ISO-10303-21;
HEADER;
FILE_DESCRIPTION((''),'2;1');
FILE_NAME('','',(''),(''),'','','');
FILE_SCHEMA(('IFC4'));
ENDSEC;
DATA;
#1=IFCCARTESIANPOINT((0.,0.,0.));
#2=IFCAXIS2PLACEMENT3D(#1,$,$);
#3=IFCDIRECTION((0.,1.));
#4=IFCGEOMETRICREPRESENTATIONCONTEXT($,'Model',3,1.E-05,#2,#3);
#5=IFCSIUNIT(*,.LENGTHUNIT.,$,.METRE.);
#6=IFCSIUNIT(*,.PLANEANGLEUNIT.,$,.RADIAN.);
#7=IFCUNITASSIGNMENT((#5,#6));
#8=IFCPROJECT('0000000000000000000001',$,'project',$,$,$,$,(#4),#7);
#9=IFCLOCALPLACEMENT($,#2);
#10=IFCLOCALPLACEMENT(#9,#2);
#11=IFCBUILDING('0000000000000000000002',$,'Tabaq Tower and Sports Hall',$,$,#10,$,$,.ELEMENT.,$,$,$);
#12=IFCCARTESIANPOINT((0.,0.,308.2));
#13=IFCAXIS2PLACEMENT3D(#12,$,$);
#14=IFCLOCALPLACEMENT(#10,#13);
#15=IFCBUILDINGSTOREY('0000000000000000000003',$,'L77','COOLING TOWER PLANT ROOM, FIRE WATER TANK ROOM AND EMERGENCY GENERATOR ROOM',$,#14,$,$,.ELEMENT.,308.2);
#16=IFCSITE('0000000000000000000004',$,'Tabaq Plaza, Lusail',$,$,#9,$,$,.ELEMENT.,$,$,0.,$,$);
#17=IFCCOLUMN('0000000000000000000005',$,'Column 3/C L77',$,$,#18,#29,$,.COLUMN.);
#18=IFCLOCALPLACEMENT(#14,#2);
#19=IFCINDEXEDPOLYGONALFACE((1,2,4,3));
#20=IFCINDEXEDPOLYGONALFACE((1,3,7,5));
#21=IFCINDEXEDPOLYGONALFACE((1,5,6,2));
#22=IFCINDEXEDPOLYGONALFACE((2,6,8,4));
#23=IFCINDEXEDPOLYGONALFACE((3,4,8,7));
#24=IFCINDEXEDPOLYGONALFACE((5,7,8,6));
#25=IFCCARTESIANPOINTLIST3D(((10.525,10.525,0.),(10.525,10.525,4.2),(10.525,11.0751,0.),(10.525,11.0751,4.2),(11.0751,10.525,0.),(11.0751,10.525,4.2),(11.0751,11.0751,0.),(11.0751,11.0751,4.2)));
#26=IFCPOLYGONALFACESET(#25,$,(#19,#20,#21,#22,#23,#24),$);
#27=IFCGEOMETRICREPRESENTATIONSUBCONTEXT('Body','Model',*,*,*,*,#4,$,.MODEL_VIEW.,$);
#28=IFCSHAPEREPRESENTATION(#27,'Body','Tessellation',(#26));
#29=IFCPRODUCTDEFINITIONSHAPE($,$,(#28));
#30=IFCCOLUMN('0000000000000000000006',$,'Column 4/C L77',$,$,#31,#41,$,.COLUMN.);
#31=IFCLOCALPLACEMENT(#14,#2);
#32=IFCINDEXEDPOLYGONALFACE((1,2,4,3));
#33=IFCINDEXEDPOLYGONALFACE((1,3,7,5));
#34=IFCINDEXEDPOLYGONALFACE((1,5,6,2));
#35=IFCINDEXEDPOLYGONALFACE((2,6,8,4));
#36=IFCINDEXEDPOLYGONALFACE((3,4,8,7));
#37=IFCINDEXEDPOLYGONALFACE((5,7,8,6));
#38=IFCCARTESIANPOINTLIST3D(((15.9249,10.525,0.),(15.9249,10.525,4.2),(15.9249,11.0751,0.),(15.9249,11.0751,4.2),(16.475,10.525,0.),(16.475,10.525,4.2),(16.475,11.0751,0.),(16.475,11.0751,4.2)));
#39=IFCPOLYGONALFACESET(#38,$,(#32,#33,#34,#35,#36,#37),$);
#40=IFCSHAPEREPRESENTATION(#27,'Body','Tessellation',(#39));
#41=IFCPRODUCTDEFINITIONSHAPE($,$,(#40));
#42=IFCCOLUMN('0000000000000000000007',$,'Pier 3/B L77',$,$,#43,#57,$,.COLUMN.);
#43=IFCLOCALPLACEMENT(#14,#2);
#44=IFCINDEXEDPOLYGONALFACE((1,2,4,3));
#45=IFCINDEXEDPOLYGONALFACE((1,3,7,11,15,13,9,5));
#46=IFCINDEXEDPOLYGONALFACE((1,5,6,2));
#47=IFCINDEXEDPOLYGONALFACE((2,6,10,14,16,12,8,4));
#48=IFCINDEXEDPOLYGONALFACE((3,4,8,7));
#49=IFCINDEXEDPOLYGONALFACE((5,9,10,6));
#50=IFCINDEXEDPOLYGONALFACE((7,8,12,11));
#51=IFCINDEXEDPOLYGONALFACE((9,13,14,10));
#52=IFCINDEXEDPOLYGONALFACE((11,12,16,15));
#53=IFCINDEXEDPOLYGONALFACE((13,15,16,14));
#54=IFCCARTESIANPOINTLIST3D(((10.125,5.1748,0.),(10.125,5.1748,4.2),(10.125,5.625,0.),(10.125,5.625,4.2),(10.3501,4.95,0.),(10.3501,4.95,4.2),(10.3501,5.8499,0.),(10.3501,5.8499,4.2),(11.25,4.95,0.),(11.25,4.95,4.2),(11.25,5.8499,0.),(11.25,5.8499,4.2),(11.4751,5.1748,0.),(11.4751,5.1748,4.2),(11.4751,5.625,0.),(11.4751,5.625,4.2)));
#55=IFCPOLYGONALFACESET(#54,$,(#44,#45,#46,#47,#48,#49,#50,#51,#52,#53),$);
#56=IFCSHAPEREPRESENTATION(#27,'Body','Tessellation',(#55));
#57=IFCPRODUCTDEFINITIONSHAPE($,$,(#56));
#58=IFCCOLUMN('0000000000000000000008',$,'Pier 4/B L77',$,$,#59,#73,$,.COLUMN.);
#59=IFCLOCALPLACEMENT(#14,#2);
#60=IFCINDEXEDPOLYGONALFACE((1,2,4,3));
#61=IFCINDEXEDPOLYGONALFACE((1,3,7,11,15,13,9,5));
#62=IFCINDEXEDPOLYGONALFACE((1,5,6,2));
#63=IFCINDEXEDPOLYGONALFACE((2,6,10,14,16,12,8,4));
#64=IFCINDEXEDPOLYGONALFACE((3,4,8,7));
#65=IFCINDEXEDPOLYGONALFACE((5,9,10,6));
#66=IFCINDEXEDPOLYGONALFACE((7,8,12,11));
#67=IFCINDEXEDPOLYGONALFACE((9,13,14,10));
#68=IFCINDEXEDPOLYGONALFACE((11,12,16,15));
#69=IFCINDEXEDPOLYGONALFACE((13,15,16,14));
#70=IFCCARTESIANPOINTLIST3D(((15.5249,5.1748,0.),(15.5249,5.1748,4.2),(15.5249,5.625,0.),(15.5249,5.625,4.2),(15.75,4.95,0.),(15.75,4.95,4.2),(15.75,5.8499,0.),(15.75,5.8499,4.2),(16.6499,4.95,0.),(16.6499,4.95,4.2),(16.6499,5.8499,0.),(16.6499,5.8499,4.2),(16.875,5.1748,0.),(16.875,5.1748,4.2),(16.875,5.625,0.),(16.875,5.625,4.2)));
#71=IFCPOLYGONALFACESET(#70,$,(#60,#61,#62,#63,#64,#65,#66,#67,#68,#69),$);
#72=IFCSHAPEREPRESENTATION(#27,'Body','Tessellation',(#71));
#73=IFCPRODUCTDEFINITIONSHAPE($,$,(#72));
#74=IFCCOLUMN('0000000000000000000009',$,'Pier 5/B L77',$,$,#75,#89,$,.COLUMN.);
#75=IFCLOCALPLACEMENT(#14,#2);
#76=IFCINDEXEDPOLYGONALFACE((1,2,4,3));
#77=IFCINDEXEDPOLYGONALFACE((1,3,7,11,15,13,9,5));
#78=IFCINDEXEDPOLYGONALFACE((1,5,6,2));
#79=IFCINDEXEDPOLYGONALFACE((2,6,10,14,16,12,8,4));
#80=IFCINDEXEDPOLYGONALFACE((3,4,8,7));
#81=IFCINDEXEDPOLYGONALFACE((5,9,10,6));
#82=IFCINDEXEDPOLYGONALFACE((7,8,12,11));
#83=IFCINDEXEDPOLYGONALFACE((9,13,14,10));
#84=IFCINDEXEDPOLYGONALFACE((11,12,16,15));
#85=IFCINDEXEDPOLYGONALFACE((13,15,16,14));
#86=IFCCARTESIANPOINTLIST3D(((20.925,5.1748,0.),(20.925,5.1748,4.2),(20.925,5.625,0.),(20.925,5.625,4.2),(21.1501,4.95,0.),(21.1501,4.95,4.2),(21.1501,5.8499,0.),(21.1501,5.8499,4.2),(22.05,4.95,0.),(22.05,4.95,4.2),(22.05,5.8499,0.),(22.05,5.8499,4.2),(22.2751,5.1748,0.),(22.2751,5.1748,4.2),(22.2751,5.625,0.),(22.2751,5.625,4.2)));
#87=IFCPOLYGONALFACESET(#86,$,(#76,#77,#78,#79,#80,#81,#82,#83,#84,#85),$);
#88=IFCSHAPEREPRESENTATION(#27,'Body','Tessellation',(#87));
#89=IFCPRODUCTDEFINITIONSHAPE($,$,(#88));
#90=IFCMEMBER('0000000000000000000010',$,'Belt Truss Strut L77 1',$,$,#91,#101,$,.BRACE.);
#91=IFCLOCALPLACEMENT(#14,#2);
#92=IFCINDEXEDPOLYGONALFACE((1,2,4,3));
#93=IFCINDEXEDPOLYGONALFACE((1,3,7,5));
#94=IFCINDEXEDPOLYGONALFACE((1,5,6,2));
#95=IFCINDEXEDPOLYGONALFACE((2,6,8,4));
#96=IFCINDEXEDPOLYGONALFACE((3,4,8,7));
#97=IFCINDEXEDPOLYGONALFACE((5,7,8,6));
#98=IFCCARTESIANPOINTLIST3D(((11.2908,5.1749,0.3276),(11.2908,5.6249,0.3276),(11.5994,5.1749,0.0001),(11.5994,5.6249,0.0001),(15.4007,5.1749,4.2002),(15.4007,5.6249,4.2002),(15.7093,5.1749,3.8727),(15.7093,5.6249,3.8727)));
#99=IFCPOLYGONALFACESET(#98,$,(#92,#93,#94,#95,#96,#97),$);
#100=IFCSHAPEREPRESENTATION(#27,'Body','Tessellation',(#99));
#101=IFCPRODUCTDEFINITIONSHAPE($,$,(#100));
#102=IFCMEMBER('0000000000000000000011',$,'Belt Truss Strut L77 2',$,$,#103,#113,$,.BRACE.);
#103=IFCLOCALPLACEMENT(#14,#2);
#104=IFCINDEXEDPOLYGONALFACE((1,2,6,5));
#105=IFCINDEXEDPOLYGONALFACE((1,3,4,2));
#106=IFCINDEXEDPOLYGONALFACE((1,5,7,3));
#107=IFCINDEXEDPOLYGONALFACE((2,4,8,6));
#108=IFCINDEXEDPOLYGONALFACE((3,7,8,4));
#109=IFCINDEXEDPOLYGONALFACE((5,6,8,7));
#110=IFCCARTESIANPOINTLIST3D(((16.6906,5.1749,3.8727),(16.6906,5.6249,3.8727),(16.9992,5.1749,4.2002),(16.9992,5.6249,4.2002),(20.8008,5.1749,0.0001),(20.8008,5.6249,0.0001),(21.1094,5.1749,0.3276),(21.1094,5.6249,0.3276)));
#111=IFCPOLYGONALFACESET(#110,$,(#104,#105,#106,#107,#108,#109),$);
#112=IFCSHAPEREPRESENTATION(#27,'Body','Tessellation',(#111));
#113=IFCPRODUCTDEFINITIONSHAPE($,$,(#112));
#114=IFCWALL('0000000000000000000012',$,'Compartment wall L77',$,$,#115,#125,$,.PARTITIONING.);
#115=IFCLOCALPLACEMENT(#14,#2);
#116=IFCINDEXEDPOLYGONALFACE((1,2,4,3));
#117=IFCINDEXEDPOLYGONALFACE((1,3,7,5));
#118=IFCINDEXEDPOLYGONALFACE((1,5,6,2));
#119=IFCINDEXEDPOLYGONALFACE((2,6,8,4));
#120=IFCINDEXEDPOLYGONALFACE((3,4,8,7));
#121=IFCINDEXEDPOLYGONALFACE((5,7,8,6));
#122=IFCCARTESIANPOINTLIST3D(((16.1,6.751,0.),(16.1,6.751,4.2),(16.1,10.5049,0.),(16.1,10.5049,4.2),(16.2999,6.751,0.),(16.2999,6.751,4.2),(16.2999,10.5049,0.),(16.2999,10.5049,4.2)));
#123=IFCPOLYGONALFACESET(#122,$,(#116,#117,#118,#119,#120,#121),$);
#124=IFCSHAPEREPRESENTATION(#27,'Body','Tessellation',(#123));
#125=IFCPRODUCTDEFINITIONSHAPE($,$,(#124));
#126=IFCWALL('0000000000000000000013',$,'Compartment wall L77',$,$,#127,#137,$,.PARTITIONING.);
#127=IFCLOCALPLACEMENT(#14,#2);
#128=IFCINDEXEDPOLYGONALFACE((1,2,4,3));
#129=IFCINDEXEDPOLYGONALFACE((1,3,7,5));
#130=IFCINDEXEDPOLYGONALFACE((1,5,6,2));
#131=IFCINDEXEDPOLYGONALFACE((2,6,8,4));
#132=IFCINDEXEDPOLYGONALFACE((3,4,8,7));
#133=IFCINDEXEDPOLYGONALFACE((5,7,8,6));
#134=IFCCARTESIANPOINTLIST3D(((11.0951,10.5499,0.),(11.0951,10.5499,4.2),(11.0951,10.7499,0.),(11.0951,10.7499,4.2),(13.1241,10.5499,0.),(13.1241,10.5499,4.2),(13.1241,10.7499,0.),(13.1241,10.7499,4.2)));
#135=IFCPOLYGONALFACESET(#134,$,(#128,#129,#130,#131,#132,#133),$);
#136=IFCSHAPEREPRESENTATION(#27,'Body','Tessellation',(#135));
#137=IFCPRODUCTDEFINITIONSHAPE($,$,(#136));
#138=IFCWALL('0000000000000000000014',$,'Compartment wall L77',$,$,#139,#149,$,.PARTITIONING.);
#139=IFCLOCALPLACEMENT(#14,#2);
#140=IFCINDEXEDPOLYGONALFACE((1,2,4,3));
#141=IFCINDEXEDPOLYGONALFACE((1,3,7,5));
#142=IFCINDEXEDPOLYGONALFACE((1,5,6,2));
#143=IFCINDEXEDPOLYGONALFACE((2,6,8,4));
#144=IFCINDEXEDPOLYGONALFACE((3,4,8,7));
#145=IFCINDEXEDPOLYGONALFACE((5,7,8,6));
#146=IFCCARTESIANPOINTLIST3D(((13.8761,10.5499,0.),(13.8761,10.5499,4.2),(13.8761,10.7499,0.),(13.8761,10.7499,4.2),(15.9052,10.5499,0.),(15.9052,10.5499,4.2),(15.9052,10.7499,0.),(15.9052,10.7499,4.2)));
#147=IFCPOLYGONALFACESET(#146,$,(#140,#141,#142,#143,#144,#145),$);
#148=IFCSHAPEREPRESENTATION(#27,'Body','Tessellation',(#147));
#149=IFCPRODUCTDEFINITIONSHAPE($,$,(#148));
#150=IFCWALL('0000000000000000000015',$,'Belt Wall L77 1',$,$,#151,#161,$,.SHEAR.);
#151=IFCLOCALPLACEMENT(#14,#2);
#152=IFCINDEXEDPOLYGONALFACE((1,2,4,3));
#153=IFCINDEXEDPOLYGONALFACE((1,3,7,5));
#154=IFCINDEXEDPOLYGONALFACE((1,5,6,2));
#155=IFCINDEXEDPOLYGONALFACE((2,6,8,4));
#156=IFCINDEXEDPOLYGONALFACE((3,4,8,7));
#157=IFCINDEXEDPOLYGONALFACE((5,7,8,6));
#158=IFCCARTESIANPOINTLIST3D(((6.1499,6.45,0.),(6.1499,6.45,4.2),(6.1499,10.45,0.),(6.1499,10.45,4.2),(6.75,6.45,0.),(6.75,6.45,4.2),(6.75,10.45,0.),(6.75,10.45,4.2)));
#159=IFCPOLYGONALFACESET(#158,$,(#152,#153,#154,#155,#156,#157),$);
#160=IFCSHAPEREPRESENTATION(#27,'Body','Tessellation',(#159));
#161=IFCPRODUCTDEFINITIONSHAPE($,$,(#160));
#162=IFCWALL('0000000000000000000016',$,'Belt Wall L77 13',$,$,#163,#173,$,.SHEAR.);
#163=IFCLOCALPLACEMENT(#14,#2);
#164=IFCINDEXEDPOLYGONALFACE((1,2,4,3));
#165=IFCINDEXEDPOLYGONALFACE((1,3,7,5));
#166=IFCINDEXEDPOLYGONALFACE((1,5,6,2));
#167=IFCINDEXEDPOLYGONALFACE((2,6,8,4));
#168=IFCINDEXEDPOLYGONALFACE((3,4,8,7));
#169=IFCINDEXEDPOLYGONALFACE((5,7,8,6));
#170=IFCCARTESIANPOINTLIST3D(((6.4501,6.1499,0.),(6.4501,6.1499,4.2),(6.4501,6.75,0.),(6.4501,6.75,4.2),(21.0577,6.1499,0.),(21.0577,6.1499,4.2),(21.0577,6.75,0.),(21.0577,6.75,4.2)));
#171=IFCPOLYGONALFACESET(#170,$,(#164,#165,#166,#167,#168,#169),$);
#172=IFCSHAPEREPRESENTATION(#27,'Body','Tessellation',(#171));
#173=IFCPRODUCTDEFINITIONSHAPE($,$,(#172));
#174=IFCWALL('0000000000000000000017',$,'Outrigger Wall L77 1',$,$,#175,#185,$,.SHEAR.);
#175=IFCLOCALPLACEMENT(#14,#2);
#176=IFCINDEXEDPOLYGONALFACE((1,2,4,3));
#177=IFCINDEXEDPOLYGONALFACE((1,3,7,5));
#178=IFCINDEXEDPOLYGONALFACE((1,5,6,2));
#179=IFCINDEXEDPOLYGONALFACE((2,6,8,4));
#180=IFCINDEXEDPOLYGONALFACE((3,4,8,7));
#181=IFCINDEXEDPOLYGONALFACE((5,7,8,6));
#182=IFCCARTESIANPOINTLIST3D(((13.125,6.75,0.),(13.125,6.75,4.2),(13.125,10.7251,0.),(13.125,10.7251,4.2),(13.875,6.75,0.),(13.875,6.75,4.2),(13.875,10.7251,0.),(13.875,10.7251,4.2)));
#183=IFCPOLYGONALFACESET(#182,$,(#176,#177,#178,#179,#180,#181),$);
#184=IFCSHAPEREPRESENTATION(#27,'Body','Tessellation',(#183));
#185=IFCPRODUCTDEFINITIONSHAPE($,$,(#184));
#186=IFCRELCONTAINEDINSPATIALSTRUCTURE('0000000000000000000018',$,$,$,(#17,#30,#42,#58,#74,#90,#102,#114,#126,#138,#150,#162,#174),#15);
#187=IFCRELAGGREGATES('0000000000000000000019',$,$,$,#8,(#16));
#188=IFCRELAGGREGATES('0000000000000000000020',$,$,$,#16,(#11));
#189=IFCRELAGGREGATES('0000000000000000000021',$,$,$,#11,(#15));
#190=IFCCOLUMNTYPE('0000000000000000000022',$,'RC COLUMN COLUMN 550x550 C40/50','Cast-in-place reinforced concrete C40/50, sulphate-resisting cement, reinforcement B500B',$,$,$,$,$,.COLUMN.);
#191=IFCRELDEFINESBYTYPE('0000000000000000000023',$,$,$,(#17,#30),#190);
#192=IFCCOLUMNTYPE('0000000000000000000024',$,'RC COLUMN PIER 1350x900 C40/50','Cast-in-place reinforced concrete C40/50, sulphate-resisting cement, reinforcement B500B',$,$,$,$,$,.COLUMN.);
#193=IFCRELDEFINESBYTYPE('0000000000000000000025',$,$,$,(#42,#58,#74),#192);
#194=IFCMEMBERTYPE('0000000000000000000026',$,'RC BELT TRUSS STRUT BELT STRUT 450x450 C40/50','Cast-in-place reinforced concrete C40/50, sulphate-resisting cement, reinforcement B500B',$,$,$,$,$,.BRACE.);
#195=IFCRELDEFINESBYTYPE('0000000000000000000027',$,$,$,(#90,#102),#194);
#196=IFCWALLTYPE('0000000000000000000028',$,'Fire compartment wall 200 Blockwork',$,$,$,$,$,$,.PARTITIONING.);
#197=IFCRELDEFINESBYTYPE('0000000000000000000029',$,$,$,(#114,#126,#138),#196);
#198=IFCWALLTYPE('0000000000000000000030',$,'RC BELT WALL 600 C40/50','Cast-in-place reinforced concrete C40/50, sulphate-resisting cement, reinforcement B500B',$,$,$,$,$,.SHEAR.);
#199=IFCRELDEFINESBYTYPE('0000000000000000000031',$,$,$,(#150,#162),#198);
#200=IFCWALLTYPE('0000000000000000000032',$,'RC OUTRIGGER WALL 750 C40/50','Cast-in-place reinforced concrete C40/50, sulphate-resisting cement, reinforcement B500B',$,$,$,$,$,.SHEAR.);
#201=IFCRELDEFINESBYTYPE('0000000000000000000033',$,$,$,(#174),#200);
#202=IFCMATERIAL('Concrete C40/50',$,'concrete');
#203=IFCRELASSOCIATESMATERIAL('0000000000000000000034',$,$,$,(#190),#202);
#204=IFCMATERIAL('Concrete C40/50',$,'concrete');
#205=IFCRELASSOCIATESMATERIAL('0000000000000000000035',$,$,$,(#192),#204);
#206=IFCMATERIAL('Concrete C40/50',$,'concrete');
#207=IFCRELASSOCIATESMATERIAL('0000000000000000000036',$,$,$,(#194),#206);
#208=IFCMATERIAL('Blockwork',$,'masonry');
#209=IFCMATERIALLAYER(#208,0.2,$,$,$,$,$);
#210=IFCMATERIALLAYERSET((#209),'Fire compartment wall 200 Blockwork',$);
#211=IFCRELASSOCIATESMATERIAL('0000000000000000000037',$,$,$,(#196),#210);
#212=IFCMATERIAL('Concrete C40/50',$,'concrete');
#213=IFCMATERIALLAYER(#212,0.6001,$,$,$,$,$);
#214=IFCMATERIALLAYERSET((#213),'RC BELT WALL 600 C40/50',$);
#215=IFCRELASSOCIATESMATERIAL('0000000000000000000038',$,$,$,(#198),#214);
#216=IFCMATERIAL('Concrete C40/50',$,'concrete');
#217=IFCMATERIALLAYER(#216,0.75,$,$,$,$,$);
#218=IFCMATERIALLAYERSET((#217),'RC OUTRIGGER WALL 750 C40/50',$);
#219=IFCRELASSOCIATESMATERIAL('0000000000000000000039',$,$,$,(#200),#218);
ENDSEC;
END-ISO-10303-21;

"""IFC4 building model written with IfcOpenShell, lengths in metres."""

from ifc_helpers import new_model, si_unit, direction, frame, frame_2d, origin, origin_2d, place, context, subcontext, project, spatial, polyline, rectangle, outline, extrude, material, layer, layer_set, material_profile, profile_set, type_object, element, save


model = new_model("IFC4")

# Units and contexts
model_context = context("Model", 3, precision=1e-05, world=origin(), true_north=direction((0.0, 1.0)))
body_context = subcontext(model_context, "Body", "Model", "MODEL_VIEW")
ifc_project = project(units=[si_unit("LENGTHUNIT", "METRE"), si_unit("PLANEANGLEUNIT", "RADIAN")], contexts=[model_context])

# Site, building, storey
site_placement = place(None, origin())
site = spatial("IfcSite", under=ifc_project, at=site_placement, Name="Tabaq Plaza, Lusail", CompositionType="ELEMENT", RefElevation=0.0)
building_placement = place(site_placement, origin())
building = spatial("IfcBuilding", under=site, at=building_placement, Name="Tabaq Tower and Sports Hall", CompositionType="ELEMENT")
storey_placement = place(building_placement, frame((0.0, 0.0, 308.2)))
storey = spatial("IfcBuildingStorey", under=building, at=storey_placement, Name="L77", Description="COOLING TOWER PLANT ROOM, FIRE WATER TANK ROOM AND EMERGENCY GENERATOR ROOM", CompositionType="ELEMENT", Elevation=308.2)

# Columns
ifc_material_1 = material(Name="Concrete C40/50", Category="concrete")
ifc_material_profile_1 = material_profile(ifc_material_1, rectangle(XDim=0.55, YDim=0.55, at=origin_2d()), Name="COLUMN 550x550")
ifc_profile_set_1 = profile_set([ifc_material_profile_1], Name="Concrete C40/50")
column_type_1 = type_object("IfcColumnType", Name="RC COLUMN COLUMN 550x550 C40/50", Description="Cast-in-place reinforced concrete C40/50, sulphate-resisting cement, reinforcement B500B", PredefinedType="COLUMN", material=ifc_profile_set_1)
for number, where, z_axis, x_axis, name in (
    (1, (10.8, 10.8, 0.0), (0.0, 0.0, 1.0), (1.0, 0.0, 0.0), "Column 3/C L77"),
    (2, (16.2, 10.8, 0.0), (0.0, 0.0, 1.0), (1.0, 0.0, 0.0), "Column 4/C L77"),
):
    element("IfcColumn", number, at=place(storey_placement, frame(where, z_axis=z_axis, x_axis=x_axis)), inside=storey, type_object=column_type_1, Name=name, PredefinedType="COLUMN", context=body_context, shape_type="SweptSolid", body=[
        extrude(rectangle(XDim=0.55, YDim=0.55, at=origin_2d()), origin(), (0.0, 0.0, 1.0), 4.2),
    ])
ifc_material_2 = material(Name="Concrete C40/50", Category="concrete")
ifc_material_profile_2 = material_profile(ifc_material_2, outline(polyline([(-0.45, -0.45), (0.45, -0.45), (0.675, -0.2251), (0.675, 0.2251), (0.45, 0.45), (-0.45, 0.45), (-0.675, 0.2251), (-0.675, -0.2251), (-0.45, -0.45)])), Name="PIER 1350x900")
ifc_profile_set_2 = profile_set([ifc_material_profile_2], Name="Concrete C40/50")
column_type_2 = type_object("IfcColumnType", Name="RC COLUMN PIER 1350x900 C40/50", Description="Cast-in-place reinforced concrete C40/50, sulphate-resisting cement, reinforcement B500B", PredefinedType="COLUMN", material=ifc_profile_set_2)
for number, where, z_axis, x_axis, name in (
    (3, (10.8, 5.3999, 0.0), (0.0, 0.0, 1.0), (1.0, 0.0, 0.0), "Pier 3/B L77"),
    (4, (16.2, 5.3999, 0.0), (0.0, 0.0, 1.0), (1.0, 0.0, 0.0), "Pier 4/B L77"),
    (5, (21.6001, 5.3999, 0.0), (0.0, 0.0, 1.0), (1.0, 0.0, 0.0), "Pier 5/B L77"),
):
    element("IfcColumn", number, at=place(storey_placement, frame(where, z_axis=z_axis, x_axis=x_axis)), inside=storey, type_object=column_type_2, Name=name, PredefinedType="COLUMN", context=body_context, shape_type="SweptSolid", body=[
        extrude(outline(polyline([(-0.45, -0.45), (0.45, -0.45), (0.675, -0.2251), (0.675, 0.2251), (0.45, 0.45), (-0.45, 0.45), (-0.675, 0.2251), (-0.675, -0.2251), (-0.45, -0.45)])), origin(), (0.0, 0.0, 1.0), 4.2),
    ])

# Members
ifc_material_3 = material(Name="Concrete C40/50", Category="concrete")
ifc_material_profile_3 = material_profile(ifc_material_3, rectangle(XDim=0.45, YDim=0.45, at=origin_2d()), Name="BELT STRUT 450x450")
ifc_profile_set_3 = profile_set([ifc_material_profile_3], Name="Concrete C40/50")
member_type = type_object("IfcMemberType", Name="RC BELT TRUSS STRUT BELT STRUT 450x450 C40/50", Description="Cast-in-place reinforced concrete C40/50, sulphate-resisting cement, reinforcement B500B", PredefinedType="BRACE", material=ifc_profile_set_3)
member_1_placement = place(storey_placement, frame((11.4451, 5.3999, 0.1638), z_axis=(0.727806, 0.0, 0.685783), x_axis=(0.0, 1.0, 0.0)))
element("IfcMember", 6, at=member_1_placement, inside=storey, type_object=member_type, Name="Belt Truss Strut L77 1", PredefinedType="BRACE", context=body_context, shape_type="SweptSolid", body=[
    extrude(rectangle(XDim=0.45, YDim=0.45, at=origin_2d()), origin(), (0.0, 0.0, 1.0), 5.647),
])
member_2_placement = place(storey_placement, frame((20.9551, 5.3999, 0.1638), z_axis=(-0.727827, 0.0, 0.685761), x_axis=(0.0, -1.0, 0.0)))
element("IfcMember", 7, at=member_2_placement, inside=storey, type_object=member_type, Name="Belt Truss Strut L77 2", PredefinedType="BRACE", context=body_context, shape_type="SweptSolid", body=[
    extrude(rectangle(XDim=0.45, YDim=0.45, at=origin_2d()), origin(), (0.0, 0.0, 1.0), 5.6472),
])

# Wall
ifc_material_4 = material(Name="Blockwork", Category="masonry")
ifc_layer_1 = layer(ifc_material_4, 0.2)
ifc_layer_set_1 = layer_set([ifc_layer_1], Name="Fire compartment wall 200 Blockwork")
wall_type_1 = type_object("IfcWallType", Name="Fire compartment wall 200 Blockwork", PredefinedType="PARTITIONING", material=ifc_layer_set_1)
wall_1_placement = place(storey_placement, frame((16.2, 6.751, 0.0), z_axis=(0.0, 0.0, 1.0), x_axis=(0.0, 1.0, 0.0)))
element("IfcWall", 8, at=wall_1_placement, inside=storey, type_object=wall_type_1, Name="Compartment wall L77", PredefinedType="PARTITIONING", context=body_context, shape_type="SweptSolid", body=[
    extrude(rectangle(XDim=3.7539, YDim=0.2, at=frame_2d((1.877, 0.0))), origin(), (0.0, 0.0, 1.0), 4.2),
])

# Walls
for number, where, z_axis, x_axis, name in (
    (9, (11.095, 10.6499, 0.0), (0.0, 0.0, 1.0), (1.0, 0.0, 0.0), "Compartment wall L77"),
    (10, (13.876, 10.6499, 0.0), (0.0, 0.0, 1.0), (1.0, 0.0, 0.0), "Compartment wall L77"),
):
    element("IfcWall", number, at=place(storey_placement, frame(where, z_axis=z_axis, x_axis=x_axis)), inside=storey, type_object=wall_type_1, Name=name, PredefinedType="PARTITIONING", context=body_context, shape_type="SweptSolid", body=[
        extrude(rectangle(XDim=2.0291, YDim=0.2, at=frame_2d((1.0146, 0.0))), origin(), (0.0, 0.0, 1.0), 4.2),
    ])
ifc_material_5 = material(Name="Concrete C40/50", Category="concrete")
ifc_layer_2 = layer(ifc_material_5, 0.6001)
ifc_layer_set_2 = layer_set([ifc_layer_2], Name="RC BELT WALL 600 C40/50")
wall_type_2 = type_object("IfcWallType", Name="RC BELT WALL 600 C40/50", Description="Cast-in-place reinforced concrete C40/50, sulphate-resisting cement, reinforcement B500B", PredefinedType="SHEAR", material=ifc_layer_set_2)
wall_2_placement = place(storey_placement, frame((6.45, 6.45, 0.0), z_axis=(0.0, 0.0, 1.0), x_axis=(0.0, 1.0, 0.0)))
element("IfcWall", 11, at=wall_2_placement, inside=storey, type_object=wall_type_2, Name="Belt Wall L77 1", PredefinedType="SHEAR", context=body_context, shape_type="SweptSolid", body=[
    extrude(rectangle(XDim=4.0, YDim=0.6001, at=frame_2d((2.0, 0.0))), origin(), (0.0, 0.0, 1.0), 4.2),
])
wall_3_placement = place(storey_placement, frame((21.0576, 6.45, 0.0), z_axis=(0.0, 0.0, 1.0), x_axis=(-1.0, 0.0, 0.0)))
element("IfcWall", 12, at=wall_3_placement, inside=storey, type_object=wall_type_2, Name="Belt Wall L77 13", PredefinedType="SHEAR", context=body_context, shape_type="SweptSolid", body=[
    extrude(rectangle(XDim=14.6077, YDim=0.6001, at=frame_2d((7.3037, 0.0))), origin(), (0.0, 0.0, 1.0), 4.2),
])
ifc_material_6 = material(Name="Concrete C40/50", Category="concrete")
ifc_layer_3 = layer(ifc_material_6, 0.75)
ifc_layer_set_3 = layer_set([ifc_layer_3], Name="RC OUTRIGGER WALL 750 C40/50")
wall_type_3 = type_object("IfcWallType", Name="RC OUTRIGGER WALL 750 C40/50", Description="Cast-in-place reinforced concrete C40/50, sulphate-resisting cement, reinforcement B500B", PredefinedType="SHEAR", material=ifc_layer_set_3)
wall_4_placement = place(storey_placement, frame((13.5, 6.75, 0.0), z_axis=(0.0, 0.0, 1.0), x_axis=(0.0, 1.0, 0.0)))
element("IfcWall", 13, at=wall_4_placement, inside=storey, type_object=wall_type_3, Name="Outrigger Wall L77 1", PredefinedType="SHEAR", context=body_context, shape_type="SweptSolid", body=[
    extrude(rectangle(XDim=3.9751, YDim=0.75, at=frame_2d((1.9875, 0.0))), origin(), (0.0, 0.0, 1.0), 4.2),
])

save(model, "model.ifc")
